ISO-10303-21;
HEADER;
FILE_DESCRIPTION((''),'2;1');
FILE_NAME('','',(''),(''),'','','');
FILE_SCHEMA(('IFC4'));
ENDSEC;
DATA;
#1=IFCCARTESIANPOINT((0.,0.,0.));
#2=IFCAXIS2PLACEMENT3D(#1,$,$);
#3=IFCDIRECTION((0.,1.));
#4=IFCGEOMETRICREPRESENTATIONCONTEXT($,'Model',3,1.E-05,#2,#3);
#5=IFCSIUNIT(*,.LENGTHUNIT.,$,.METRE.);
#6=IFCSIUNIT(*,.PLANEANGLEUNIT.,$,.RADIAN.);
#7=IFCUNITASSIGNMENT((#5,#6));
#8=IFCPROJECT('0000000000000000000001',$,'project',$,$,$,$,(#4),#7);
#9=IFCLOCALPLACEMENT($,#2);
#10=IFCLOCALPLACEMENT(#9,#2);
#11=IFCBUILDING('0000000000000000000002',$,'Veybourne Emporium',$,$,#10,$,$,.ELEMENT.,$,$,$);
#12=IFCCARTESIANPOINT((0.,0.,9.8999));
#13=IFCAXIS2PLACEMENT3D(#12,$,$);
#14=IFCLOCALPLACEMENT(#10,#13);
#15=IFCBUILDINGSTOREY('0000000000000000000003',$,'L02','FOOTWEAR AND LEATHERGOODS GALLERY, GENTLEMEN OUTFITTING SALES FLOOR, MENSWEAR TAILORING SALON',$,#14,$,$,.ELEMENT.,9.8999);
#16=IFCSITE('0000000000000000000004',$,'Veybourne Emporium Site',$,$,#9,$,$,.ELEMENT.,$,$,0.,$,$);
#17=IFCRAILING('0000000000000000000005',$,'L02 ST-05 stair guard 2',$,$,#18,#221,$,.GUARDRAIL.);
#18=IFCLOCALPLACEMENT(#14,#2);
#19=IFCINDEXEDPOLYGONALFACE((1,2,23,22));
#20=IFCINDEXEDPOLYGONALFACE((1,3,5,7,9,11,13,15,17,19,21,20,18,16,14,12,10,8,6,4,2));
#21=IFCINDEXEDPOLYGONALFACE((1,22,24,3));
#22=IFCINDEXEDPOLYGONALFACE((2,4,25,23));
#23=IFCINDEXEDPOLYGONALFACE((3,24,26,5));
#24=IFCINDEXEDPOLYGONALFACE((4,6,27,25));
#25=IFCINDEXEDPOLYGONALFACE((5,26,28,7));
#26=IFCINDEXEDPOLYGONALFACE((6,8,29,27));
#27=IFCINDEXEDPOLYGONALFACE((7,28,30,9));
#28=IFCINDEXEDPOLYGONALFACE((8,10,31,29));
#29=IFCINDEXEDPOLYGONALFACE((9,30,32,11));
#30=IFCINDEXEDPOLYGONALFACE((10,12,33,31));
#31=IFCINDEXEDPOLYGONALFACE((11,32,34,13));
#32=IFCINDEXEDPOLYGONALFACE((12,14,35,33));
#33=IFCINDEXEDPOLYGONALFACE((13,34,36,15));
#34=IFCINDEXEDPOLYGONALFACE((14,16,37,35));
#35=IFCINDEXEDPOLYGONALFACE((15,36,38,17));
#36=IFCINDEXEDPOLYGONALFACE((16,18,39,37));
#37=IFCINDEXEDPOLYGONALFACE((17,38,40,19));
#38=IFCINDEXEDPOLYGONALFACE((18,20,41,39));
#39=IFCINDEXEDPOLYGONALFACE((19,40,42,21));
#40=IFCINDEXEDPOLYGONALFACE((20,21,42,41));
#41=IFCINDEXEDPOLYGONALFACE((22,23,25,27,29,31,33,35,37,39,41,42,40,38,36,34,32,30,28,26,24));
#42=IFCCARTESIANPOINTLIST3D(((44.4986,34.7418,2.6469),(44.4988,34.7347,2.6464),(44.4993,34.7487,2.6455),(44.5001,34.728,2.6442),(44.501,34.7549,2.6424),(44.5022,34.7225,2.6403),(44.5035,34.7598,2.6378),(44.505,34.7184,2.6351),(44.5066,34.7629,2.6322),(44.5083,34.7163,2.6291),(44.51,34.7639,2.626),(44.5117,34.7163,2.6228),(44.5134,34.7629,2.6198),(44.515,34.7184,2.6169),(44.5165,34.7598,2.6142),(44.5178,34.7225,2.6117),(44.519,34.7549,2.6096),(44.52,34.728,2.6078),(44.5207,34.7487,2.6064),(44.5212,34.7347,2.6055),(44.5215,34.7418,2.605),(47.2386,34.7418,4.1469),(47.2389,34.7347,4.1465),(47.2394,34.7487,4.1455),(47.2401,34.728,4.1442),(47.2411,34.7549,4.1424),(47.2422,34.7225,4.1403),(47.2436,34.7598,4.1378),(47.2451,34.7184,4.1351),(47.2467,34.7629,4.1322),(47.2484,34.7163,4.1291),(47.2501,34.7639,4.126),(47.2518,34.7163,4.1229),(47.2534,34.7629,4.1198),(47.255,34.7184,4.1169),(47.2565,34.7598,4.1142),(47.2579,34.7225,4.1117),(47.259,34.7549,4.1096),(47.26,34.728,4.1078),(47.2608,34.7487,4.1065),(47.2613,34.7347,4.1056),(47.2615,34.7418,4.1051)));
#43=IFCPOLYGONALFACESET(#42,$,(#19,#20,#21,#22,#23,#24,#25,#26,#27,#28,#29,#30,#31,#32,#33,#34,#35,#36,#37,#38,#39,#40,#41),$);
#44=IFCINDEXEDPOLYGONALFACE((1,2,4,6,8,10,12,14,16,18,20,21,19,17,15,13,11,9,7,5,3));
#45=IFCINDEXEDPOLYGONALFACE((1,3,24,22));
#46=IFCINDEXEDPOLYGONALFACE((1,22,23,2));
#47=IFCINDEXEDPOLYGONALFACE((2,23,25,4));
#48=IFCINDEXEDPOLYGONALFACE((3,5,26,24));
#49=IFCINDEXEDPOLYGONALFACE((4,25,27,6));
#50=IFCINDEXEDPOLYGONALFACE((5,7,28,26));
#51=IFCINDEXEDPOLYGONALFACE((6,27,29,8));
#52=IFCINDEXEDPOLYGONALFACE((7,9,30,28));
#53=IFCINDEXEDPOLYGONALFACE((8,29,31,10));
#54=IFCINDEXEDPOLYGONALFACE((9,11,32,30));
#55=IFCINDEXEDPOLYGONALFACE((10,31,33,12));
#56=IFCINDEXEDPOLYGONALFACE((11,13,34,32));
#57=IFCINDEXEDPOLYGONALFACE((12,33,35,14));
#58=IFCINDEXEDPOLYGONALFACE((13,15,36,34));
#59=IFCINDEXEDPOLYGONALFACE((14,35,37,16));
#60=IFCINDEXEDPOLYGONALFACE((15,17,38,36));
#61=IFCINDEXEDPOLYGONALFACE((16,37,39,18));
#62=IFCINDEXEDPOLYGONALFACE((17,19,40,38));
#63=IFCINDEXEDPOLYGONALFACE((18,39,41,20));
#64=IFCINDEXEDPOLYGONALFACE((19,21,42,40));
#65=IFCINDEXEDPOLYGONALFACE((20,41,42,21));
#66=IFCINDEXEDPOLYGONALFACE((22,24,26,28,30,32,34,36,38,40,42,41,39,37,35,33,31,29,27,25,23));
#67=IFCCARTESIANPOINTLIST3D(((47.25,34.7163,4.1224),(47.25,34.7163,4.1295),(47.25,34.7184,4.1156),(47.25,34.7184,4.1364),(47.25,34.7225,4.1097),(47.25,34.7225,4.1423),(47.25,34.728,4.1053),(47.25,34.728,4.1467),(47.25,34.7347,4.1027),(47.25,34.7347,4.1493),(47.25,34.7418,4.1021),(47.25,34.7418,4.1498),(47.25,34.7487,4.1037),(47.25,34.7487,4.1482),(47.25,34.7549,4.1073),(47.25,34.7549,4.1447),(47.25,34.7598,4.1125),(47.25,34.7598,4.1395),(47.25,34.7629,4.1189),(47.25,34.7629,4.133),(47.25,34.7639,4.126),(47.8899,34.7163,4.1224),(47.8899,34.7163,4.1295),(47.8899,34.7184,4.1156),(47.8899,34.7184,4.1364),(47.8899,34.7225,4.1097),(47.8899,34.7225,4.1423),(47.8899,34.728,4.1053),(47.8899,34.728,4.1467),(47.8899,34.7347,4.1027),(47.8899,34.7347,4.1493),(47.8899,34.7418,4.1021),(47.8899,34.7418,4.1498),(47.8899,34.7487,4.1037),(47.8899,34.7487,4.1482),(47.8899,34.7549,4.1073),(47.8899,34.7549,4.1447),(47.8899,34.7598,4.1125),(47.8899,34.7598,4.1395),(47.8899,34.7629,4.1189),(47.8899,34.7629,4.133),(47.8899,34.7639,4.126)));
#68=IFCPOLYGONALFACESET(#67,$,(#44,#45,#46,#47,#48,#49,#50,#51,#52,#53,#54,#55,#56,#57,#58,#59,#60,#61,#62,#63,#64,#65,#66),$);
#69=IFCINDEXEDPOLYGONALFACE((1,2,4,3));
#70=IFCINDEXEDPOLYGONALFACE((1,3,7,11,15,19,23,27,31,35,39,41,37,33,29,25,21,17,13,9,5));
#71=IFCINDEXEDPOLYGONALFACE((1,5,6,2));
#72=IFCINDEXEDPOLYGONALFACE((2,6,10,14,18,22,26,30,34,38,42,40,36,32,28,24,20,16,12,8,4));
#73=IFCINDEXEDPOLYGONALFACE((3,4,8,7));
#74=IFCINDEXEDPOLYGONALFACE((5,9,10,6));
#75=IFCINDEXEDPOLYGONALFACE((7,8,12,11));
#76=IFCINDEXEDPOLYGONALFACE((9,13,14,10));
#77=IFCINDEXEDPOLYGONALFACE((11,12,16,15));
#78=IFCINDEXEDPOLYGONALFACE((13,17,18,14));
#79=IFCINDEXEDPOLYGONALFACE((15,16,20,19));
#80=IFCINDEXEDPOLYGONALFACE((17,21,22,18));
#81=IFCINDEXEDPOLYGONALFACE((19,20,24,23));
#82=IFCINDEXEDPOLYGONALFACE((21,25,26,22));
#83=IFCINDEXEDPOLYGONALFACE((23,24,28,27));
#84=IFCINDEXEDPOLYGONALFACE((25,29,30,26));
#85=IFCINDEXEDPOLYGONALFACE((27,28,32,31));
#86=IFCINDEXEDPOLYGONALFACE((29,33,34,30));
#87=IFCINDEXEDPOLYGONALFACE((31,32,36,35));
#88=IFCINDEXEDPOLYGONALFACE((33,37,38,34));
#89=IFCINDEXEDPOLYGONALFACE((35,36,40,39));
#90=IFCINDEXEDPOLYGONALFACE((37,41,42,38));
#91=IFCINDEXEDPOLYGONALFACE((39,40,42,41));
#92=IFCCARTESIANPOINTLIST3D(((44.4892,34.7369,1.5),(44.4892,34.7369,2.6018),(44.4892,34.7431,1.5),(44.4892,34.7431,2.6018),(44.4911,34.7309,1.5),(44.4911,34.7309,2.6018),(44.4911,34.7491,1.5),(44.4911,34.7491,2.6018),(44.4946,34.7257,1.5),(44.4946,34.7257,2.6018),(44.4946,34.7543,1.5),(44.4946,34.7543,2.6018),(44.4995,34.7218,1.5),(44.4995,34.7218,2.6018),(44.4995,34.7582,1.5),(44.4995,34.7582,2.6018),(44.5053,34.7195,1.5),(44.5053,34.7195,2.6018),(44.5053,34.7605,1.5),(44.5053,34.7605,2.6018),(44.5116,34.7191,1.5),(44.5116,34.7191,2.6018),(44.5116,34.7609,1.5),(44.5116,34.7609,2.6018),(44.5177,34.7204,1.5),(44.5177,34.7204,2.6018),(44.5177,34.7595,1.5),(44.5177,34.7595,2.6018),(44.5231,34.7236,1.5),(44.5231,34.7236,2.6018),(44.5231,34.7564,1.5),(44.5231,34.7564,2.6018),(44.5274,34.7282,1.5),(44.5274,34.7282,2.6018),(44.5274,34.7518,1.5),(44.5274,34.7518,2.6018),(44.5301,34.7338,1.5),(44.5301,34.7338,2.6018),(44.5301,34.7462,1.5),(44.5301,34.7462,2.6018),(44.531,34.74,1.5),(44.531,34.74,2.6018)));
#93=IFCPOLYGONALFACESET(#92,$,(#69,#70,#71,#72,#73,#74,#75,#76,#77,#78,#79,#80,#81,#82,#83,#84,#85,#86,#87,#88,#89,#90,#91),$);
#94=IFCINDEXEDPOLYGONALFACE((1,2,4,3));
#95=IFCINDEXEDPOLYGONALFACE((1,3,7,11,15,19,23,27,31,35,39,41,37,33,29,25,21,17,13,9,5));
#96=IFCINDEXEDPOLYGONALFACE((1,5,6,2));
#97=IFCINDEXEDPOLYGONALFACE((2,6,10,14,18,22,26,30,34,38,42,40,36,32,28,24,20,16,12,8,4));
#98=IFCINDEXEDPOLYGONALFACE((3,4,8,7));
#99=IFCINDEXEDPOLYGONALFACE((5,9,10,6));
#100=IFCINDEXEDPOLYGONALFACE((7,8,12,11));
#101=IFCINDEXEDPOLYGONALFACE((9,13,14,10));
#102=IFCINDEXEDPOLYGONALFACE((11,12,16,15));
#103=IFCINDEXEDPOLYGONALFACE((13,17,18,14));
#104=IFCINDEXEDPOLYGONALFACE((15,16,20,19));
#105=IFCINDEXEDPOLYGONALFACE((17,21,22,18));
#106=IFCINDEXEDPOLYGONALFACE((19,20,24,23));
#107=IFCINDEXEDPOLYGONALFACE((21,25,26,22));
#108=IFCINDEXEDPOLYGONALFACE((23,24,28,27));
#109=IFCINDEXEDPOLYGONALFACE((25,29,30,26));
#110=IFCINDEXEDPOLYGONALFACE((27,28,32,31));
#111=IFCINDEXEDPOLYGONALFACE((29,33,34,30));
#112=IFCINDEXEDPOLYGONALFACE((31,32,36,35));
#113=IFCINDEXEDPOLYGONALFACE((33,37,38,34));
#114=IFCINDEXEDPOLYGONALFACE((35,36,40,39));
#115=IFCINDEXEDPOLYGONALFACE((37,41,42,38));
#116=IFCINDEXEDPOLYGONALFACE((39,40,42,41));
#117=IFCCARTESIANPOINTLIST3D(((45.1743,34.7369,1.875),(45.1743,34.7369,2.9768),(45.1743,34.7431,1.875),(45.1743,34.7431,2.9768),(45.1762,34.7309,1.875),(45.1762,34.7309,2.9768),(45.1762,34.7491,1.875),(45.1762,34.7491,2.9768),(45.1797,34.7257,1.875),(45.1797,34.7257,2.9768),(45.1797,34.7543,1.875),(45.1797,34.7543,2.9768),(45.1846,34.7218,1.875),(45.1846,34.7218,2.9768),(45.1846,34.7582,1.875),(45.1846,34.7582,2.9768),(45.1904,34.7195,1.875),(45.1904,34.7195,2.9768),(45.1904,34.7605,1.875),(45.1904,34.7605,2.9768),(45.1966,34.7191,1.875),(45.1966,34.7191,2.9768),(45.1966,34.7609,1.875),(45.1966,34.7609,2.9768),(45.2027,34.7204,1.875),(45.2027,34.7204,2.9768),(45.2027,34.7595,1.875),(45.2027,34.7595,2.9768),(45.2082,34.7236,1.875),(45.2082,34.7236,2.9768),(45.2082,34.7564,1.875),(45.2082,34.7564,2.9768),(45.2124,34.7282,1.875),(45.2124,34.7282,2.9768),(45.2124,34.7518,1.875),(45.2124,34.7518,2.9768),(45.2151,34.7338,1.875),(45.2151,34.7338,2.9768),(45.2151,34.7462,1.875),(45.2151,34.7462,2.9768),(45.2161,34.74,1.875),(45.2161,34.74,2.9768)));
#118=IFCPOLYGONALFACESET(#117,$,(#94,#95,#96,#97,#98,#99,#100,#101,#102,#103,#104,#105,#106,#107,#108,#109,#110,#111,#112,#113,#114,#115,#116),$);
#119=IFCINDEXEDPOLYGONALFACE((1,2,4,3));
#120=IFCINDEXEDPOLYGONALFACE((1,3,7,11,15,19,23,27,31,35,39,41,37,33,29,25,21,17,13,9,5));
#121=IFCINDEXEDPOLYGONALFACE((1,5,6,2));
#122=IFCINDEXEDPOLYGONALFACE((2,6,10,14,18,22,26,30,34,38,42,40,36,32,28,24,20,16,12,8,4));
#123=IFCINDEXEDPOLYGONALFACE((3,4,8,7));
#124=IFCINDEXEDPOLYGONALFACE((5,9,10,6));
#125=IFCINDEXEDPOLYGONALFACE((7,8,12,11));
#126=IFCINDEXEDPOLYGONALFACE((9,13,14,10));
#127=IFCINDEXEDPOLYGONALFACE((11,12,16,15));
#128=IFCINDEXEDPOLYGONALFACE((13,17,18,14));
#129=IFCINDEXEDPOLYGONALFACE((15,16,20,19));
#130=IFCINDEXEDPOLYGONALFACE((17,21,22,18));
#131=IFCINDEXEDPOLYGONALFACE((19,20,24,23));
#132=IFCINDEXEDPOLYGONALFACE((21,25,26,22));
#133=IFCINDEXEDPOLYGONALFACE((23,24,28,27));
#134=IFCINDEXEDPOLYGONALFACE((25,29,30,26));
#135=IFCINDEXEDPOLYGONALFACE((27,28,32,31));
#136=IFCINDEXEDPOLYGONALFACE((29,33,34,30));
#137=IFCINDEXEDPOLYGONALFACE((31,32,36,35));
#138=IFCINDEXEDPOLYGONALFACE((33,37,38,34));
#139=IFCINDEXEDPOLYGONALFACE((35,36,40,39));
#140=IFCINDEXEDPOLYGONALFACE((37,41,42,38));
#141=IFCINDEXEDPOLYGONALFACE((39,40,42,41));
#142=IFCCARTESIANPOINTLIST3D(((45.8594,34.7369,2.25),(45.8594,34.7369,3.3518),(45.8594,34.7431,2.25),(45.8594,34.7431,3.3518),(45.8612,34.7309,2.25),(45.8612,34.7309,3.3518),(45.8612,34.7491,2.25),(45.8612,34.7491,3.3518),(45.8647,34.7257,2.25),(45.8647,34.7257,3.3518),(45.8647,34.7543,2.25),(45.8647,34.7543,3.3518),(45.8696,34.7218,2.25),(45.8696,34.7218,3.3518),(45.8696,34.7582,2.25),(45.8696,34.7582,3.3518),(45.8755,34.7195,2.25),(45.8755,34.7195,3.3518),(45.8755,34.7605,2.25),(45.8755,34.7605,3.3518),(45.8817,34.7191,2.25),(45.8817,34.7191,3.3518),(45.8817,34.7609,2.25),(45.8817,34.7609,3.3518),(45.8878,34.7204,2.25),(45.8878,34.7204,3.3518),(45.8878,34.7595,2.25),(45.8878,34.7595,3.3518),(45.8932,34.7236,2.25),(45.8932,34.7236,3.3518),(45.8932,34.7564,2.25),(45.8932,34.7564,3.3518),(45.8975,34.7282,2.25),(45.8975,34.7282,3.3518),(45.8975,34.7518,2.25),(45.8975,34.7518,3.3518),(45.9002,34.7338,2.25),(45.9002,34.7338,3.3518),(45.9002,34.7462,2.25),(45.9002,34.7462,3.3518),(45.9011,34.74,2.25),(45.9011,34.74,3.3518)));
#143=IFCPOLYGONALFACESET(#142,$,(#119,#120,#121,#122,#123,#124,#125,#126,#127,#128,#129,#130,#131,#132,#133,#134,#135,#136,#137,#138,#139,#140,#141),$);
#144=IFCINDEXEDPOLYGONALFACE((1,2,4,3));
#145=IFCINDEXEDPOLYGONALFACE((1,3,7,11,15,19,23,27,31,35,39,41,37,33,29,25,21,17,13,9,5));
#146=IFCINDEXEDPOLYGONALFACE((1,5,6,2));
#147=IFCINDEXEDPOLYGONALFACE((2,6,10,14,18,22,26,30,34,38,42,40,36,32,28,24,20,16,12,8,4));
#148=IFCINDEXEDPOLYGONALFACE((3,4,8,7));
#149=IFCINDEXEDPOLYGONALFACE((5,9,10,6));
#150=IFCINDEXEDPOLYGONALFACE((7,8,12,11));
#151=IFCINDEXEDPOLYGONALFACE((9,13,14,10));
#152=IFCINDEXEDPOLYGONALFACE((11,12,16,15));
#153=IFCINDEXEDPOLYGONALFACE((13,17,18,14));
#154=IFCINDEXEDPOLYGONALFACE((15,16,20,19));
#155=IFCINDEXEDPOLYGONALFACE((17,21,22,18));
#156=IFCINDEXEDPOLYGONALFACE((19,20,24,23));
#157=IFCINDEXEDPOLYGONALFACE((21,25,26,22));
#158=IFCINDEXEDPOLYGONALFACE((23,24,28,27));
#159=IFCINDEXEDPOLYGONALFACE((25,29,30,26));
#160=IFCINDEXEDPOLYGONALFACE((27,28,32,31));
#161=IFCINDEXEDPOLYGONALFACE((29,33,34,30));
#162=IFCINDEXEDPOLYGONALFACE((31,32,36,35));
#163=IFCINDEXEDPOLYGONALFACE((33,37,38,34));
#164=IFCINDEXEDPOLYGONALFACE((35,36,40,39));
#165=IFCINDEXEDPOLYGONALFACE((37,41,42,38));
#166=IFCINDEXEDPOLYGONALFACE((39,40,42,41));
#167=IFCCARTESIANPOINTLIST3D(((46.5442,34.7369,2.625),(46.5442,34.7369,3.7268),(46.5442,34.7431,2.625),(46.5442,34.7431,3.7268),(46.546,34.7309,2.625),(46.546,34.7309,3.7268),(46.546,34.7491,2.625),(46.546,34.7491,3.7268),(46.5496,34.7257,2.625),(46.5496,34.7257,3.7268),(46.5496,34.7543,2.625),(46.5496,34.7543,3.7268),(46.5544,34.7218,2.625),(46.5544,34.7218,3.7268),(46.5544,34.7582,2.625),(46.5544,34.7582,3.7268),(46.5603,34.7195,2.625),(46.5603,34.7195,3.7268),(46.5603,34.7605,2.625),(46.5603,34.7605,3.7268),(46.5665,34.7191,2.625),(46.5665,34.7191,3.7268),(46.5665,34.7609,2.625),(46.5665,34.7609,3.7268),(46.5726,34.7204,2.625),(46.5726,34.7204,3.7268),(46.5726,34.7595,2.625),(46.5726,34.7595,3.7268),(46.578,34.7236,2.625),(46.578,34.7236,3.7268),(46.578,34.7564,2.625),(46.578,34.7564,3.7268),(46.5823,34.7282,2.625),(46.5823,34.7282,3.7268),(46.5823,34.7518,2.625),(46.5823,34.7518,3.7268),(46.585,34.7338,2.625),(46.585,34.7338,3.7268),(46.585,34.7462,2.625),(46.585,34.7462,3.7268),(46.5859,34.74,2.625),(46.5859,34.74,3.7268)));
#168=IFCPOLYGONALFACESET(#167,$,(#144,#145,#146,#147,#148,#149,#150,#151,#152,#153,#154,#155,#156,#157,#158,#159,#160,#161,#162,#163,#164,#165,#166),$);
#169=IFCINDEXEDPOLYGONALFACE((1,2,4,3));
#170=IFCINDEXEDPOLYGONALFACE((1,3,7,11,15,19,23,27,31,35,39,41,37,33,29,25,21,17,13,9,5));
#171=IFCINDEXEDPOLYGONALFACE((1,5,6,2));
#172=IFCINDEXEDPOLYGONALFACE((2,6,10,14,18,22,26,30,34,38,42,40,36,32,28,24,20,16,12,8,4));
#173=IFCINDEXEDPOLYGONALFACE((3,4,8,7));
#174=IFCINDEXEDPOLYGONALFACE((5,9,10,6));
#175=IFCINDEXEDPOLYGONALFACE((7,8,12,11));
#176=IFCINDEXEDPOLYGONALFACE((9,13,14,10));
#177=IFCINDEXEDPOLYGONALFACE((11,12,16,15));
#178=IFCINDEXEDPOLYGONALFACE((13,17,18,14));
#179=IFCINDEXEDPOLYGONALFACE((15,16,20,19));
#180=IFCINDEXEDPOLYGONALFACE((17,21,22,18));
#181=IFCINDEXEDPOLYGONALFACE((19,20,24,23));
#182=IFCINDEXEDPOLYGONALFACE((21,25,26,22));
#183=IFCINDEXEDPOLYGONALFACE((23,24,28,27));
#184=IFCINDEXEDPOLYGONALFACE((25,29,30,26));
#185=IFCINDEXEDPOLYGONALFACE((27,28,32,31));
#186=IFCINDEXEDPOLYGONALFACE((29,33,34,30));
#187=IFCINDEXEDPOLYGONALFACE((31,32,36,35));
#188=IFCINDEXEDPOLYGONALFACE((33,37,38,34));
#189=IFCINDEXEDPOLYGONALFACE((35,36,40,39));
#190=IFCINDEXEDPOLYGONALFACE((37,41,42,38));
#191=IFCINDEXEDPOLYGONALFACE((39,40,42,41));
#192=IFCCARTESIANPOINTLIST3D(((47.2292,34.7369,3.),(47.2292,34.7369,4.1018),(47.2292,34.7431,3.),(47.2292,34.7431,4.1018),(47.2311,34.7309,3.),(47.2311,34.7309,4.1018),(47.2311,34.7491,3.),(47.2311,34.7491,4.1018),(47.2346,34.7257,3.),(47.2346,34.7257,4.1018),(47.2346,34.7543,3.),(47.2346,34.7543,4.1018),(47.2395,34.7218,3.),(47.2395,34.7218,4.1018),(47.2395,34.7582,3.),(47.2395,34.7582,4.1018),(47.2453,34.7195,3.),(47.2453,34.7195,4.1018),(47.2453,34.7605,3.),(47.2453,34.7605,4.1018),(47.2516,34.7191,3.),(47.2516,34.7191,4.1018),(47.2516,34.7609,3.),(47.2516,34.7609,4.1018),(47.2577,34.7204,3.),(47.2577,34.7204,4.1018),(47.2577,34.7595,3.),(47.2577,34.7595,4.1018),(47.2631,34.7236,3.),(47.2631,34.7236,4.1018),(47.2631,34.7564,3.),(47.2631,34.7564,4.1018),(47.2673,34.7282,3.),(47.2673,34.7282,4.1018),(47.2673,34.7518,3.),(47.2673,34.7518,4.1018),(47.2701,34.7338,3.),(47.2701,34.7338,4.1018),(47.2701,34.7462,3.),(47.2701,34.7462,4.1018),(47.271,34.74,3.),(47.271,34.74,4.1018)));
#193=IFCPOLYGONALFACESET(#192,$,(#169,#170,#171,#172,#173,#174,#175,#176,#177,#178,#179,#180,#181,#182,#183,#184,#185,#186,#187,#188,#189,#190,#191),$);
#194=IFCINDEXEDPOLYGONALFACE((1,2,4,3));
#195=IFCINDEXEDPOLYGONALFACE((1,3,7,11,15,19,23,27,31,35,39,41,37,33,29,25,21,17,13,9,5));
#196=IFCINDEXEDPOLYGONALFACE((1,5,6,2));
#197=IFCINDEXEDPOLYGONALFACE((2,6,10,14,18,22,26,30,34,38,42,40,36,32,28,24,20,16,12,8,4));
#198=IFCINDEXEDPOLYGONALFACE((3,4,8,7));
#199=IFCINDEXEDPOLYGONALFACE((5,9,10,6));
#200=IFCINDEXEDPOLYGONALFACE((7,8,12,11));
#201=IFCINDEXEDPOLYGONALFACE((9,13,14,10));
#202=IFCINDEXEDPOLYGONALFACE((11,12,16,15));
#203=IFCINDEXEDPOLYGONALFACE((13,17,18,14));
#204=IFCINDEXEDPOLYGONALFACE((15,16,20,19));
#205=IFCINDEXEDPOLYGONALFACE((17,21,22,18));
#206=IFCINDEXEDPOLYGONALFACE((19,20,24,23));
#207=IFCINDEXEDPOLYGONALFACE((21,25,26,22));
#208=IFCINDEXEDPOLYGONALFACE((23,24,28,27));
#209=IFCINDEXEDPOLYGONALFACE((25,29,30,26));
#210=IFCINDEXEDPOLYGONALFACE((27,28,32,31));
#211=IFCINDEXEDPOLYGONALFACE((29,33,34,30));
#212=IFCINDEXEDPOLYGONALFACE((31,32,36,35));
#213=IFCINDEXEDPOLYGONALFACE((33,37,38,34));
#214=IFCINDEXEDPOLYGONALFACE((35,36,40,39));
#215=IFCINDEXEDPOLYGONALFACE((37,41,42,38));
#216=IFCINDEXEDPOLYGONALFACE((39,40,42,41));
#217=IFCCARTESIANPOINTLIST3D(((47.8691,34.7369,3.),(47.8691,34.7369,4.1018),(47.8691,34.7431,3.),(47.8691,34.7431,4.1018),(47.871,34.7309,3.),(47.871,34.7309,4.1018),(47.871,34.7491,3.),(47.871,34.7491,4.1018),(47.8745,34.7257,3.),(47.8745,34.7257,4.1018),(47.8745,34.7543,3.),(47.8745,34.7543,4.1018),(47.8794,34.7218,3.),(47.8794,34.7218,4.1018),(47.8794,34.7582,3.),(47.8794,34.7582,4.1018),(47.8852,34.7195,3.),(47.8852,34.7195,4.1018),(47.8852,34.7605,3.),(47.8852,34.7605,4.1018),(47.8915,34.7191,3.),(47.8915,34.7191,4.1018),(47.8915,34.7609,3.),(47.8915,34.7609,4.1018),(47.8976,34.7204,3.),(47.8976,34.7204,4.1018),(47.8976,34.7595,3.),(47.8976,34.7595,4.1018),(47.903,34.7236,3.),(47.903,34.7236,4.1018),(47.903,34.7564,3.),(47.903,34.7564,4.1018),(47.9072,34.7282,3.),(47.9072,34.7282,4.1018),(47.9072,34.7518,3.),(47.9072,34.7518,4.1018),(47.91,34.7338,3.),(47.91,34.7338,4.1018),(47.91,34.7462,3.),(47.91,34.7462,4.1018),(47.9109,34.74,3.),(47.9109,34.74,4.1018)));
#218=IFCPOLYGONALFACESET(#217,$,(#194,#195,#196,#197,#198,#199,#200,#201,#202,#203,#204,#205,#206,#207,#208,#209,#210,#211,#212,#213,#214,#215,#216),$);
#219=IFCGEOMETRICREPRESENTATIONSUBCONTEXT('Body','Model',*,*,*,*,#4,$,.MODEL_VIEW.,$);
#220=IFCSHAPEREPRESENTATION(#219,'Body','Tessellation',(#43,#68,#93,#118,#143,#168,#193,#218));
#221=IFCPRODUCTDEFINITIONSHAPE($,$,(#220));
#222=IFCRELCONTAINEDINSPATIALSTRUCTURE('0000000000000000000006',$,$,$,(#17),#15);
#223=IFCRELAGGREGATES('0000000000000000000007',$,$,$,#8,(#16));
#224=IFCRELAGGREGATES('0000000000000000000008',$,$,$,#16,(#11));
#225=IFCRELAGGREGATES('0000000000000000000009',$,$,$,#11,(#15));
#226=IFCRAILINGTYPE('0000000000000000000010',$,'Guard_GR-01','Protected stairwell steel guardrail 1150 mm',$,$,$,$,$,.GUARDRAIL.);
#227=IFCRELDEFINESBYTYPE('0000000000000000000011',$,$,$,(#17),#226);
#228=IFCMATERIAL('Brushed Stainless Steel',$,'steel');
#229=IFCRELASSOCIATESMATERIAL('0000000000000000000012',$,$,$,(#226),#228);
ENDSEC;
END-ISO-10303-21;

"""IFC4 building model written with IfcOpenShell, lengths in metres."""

from ifc_helpers import new_model, si_unit, direction, frame, origin, origin_2d, place, context, subcontext, project, spatial, circle, extrude, material, type_object, element, save


model = new_model("IFC4")

# Units and contexts
model_context = context("Model", 3, precision=1e-05, world=origin(), true_north=direction((0.0, 1.0)))
body_context = subcontext(model_context, "Body", "Model", "MODEL_VIEW")
ifc_project = project(units=[si_unit("LENGTHUNIT", "METRE"), si_unit("PLANEANGLEUNIT", "RADIAN")], contexts=[model_context])

# Site, building, storey
site_placement = place(None, origin())
site = spatial("IfcSite", under=ifc_project, at=site_placement, Name="Veybourne Emporium Site", CompositionType="ELEMENT", RefElevation=0.0)
building_placement = place(site_placement, origin())
building = spatial("IfcBuilding", under=site, at=building_placement, Name="Veybourne Emporium", CompositionType="ELEMENT")
storey_placement = place(building_placement, frame((0.0, 0.0, 9.8999)))
storey = spatial("IfcBuildingStorey", under=building, at=storey_placement, Name="L02", Description="FOOTWEAR AND LEATHERGOODS GALLERY, GENTLEMEN OUTFITTING SALES FLOOR, MENSWEAR TAILORING SALON", CompositionType="ELEMENT", Elevation=9.8999)

# Railing
ifc_material_1 = material(Name="Brushed Stainless Steel", Category="steel")
railing_type_1 = type_object("IfcRailingType", Name="Guard_GR-01", Description="Protected stairwell steel guardrail 1150 mm", PredefinedType="GUARDRAIL", material=ifc_material_1)
railing_1_placement = place(storey_placement, frame((44.51, 34.74, 1.5)))
element("IfcRailing", 1, at=railing_1_placement, inside=storey, type_object=railing_type_1, Name="L02 ST-05 stair guard 2", PredefinedType="GUARDRAIL", context=body_context, shape_type="SweptSolid", body=[
    extrude(circle(Radius=0.0239, at=origin_2d()), frame((0.0, 0.0, 1.126), z_axis=(0.87716, 0.0, 0.480199), x_axis=(0.0, 1.0, 0.0)), (0.0, 0.0, 1.0), 3.1238),
    extrude(circle(Radius=0.0239, at=origin_2d()), frame((2.74, 0.0, 2.626), z_axis=(1.0, 0.0, 0.0), x_axis=(0.0, 1.0, 0.0)), (0.0, 0.0, 1.0), 0.6399),
    extrude(circle(Radius=0.021, at=origin_2d()), origin(), (0.0, 0.0, 1.0), 1.1018),
    extrude(circle(Radius=0.021, at=origin_2d()), frame((0.6851, 0.0, 0.375)), (0.0, 0.0, 1.0), 1.1018),
    extrude(circle(Radius=0.021, at=origin_2d()), frame((1.3701, 0.0, 0.75)), (0.0, 0.0, 1.0), 1.1018),
    extrude(circle(Radius=0.021, at=origin_2d()), frame((2.0549, 0.0, 1.125)), (0.0, 0.0, 1.0), 1.1018),
    extrude(circle(Radius=0.021, at=origin_2d()), frame((2.74, 0.0, 1.5)), (0.0, 0.0, 1.0), 1.1018),
    extrude(circle(Radius=0.021, at=origin_2d()), frame((3.3799, 0.0, 1.5)), (0.0, 0.0, 1.0), 1.1018),
])

save(model, "model.ifc")
